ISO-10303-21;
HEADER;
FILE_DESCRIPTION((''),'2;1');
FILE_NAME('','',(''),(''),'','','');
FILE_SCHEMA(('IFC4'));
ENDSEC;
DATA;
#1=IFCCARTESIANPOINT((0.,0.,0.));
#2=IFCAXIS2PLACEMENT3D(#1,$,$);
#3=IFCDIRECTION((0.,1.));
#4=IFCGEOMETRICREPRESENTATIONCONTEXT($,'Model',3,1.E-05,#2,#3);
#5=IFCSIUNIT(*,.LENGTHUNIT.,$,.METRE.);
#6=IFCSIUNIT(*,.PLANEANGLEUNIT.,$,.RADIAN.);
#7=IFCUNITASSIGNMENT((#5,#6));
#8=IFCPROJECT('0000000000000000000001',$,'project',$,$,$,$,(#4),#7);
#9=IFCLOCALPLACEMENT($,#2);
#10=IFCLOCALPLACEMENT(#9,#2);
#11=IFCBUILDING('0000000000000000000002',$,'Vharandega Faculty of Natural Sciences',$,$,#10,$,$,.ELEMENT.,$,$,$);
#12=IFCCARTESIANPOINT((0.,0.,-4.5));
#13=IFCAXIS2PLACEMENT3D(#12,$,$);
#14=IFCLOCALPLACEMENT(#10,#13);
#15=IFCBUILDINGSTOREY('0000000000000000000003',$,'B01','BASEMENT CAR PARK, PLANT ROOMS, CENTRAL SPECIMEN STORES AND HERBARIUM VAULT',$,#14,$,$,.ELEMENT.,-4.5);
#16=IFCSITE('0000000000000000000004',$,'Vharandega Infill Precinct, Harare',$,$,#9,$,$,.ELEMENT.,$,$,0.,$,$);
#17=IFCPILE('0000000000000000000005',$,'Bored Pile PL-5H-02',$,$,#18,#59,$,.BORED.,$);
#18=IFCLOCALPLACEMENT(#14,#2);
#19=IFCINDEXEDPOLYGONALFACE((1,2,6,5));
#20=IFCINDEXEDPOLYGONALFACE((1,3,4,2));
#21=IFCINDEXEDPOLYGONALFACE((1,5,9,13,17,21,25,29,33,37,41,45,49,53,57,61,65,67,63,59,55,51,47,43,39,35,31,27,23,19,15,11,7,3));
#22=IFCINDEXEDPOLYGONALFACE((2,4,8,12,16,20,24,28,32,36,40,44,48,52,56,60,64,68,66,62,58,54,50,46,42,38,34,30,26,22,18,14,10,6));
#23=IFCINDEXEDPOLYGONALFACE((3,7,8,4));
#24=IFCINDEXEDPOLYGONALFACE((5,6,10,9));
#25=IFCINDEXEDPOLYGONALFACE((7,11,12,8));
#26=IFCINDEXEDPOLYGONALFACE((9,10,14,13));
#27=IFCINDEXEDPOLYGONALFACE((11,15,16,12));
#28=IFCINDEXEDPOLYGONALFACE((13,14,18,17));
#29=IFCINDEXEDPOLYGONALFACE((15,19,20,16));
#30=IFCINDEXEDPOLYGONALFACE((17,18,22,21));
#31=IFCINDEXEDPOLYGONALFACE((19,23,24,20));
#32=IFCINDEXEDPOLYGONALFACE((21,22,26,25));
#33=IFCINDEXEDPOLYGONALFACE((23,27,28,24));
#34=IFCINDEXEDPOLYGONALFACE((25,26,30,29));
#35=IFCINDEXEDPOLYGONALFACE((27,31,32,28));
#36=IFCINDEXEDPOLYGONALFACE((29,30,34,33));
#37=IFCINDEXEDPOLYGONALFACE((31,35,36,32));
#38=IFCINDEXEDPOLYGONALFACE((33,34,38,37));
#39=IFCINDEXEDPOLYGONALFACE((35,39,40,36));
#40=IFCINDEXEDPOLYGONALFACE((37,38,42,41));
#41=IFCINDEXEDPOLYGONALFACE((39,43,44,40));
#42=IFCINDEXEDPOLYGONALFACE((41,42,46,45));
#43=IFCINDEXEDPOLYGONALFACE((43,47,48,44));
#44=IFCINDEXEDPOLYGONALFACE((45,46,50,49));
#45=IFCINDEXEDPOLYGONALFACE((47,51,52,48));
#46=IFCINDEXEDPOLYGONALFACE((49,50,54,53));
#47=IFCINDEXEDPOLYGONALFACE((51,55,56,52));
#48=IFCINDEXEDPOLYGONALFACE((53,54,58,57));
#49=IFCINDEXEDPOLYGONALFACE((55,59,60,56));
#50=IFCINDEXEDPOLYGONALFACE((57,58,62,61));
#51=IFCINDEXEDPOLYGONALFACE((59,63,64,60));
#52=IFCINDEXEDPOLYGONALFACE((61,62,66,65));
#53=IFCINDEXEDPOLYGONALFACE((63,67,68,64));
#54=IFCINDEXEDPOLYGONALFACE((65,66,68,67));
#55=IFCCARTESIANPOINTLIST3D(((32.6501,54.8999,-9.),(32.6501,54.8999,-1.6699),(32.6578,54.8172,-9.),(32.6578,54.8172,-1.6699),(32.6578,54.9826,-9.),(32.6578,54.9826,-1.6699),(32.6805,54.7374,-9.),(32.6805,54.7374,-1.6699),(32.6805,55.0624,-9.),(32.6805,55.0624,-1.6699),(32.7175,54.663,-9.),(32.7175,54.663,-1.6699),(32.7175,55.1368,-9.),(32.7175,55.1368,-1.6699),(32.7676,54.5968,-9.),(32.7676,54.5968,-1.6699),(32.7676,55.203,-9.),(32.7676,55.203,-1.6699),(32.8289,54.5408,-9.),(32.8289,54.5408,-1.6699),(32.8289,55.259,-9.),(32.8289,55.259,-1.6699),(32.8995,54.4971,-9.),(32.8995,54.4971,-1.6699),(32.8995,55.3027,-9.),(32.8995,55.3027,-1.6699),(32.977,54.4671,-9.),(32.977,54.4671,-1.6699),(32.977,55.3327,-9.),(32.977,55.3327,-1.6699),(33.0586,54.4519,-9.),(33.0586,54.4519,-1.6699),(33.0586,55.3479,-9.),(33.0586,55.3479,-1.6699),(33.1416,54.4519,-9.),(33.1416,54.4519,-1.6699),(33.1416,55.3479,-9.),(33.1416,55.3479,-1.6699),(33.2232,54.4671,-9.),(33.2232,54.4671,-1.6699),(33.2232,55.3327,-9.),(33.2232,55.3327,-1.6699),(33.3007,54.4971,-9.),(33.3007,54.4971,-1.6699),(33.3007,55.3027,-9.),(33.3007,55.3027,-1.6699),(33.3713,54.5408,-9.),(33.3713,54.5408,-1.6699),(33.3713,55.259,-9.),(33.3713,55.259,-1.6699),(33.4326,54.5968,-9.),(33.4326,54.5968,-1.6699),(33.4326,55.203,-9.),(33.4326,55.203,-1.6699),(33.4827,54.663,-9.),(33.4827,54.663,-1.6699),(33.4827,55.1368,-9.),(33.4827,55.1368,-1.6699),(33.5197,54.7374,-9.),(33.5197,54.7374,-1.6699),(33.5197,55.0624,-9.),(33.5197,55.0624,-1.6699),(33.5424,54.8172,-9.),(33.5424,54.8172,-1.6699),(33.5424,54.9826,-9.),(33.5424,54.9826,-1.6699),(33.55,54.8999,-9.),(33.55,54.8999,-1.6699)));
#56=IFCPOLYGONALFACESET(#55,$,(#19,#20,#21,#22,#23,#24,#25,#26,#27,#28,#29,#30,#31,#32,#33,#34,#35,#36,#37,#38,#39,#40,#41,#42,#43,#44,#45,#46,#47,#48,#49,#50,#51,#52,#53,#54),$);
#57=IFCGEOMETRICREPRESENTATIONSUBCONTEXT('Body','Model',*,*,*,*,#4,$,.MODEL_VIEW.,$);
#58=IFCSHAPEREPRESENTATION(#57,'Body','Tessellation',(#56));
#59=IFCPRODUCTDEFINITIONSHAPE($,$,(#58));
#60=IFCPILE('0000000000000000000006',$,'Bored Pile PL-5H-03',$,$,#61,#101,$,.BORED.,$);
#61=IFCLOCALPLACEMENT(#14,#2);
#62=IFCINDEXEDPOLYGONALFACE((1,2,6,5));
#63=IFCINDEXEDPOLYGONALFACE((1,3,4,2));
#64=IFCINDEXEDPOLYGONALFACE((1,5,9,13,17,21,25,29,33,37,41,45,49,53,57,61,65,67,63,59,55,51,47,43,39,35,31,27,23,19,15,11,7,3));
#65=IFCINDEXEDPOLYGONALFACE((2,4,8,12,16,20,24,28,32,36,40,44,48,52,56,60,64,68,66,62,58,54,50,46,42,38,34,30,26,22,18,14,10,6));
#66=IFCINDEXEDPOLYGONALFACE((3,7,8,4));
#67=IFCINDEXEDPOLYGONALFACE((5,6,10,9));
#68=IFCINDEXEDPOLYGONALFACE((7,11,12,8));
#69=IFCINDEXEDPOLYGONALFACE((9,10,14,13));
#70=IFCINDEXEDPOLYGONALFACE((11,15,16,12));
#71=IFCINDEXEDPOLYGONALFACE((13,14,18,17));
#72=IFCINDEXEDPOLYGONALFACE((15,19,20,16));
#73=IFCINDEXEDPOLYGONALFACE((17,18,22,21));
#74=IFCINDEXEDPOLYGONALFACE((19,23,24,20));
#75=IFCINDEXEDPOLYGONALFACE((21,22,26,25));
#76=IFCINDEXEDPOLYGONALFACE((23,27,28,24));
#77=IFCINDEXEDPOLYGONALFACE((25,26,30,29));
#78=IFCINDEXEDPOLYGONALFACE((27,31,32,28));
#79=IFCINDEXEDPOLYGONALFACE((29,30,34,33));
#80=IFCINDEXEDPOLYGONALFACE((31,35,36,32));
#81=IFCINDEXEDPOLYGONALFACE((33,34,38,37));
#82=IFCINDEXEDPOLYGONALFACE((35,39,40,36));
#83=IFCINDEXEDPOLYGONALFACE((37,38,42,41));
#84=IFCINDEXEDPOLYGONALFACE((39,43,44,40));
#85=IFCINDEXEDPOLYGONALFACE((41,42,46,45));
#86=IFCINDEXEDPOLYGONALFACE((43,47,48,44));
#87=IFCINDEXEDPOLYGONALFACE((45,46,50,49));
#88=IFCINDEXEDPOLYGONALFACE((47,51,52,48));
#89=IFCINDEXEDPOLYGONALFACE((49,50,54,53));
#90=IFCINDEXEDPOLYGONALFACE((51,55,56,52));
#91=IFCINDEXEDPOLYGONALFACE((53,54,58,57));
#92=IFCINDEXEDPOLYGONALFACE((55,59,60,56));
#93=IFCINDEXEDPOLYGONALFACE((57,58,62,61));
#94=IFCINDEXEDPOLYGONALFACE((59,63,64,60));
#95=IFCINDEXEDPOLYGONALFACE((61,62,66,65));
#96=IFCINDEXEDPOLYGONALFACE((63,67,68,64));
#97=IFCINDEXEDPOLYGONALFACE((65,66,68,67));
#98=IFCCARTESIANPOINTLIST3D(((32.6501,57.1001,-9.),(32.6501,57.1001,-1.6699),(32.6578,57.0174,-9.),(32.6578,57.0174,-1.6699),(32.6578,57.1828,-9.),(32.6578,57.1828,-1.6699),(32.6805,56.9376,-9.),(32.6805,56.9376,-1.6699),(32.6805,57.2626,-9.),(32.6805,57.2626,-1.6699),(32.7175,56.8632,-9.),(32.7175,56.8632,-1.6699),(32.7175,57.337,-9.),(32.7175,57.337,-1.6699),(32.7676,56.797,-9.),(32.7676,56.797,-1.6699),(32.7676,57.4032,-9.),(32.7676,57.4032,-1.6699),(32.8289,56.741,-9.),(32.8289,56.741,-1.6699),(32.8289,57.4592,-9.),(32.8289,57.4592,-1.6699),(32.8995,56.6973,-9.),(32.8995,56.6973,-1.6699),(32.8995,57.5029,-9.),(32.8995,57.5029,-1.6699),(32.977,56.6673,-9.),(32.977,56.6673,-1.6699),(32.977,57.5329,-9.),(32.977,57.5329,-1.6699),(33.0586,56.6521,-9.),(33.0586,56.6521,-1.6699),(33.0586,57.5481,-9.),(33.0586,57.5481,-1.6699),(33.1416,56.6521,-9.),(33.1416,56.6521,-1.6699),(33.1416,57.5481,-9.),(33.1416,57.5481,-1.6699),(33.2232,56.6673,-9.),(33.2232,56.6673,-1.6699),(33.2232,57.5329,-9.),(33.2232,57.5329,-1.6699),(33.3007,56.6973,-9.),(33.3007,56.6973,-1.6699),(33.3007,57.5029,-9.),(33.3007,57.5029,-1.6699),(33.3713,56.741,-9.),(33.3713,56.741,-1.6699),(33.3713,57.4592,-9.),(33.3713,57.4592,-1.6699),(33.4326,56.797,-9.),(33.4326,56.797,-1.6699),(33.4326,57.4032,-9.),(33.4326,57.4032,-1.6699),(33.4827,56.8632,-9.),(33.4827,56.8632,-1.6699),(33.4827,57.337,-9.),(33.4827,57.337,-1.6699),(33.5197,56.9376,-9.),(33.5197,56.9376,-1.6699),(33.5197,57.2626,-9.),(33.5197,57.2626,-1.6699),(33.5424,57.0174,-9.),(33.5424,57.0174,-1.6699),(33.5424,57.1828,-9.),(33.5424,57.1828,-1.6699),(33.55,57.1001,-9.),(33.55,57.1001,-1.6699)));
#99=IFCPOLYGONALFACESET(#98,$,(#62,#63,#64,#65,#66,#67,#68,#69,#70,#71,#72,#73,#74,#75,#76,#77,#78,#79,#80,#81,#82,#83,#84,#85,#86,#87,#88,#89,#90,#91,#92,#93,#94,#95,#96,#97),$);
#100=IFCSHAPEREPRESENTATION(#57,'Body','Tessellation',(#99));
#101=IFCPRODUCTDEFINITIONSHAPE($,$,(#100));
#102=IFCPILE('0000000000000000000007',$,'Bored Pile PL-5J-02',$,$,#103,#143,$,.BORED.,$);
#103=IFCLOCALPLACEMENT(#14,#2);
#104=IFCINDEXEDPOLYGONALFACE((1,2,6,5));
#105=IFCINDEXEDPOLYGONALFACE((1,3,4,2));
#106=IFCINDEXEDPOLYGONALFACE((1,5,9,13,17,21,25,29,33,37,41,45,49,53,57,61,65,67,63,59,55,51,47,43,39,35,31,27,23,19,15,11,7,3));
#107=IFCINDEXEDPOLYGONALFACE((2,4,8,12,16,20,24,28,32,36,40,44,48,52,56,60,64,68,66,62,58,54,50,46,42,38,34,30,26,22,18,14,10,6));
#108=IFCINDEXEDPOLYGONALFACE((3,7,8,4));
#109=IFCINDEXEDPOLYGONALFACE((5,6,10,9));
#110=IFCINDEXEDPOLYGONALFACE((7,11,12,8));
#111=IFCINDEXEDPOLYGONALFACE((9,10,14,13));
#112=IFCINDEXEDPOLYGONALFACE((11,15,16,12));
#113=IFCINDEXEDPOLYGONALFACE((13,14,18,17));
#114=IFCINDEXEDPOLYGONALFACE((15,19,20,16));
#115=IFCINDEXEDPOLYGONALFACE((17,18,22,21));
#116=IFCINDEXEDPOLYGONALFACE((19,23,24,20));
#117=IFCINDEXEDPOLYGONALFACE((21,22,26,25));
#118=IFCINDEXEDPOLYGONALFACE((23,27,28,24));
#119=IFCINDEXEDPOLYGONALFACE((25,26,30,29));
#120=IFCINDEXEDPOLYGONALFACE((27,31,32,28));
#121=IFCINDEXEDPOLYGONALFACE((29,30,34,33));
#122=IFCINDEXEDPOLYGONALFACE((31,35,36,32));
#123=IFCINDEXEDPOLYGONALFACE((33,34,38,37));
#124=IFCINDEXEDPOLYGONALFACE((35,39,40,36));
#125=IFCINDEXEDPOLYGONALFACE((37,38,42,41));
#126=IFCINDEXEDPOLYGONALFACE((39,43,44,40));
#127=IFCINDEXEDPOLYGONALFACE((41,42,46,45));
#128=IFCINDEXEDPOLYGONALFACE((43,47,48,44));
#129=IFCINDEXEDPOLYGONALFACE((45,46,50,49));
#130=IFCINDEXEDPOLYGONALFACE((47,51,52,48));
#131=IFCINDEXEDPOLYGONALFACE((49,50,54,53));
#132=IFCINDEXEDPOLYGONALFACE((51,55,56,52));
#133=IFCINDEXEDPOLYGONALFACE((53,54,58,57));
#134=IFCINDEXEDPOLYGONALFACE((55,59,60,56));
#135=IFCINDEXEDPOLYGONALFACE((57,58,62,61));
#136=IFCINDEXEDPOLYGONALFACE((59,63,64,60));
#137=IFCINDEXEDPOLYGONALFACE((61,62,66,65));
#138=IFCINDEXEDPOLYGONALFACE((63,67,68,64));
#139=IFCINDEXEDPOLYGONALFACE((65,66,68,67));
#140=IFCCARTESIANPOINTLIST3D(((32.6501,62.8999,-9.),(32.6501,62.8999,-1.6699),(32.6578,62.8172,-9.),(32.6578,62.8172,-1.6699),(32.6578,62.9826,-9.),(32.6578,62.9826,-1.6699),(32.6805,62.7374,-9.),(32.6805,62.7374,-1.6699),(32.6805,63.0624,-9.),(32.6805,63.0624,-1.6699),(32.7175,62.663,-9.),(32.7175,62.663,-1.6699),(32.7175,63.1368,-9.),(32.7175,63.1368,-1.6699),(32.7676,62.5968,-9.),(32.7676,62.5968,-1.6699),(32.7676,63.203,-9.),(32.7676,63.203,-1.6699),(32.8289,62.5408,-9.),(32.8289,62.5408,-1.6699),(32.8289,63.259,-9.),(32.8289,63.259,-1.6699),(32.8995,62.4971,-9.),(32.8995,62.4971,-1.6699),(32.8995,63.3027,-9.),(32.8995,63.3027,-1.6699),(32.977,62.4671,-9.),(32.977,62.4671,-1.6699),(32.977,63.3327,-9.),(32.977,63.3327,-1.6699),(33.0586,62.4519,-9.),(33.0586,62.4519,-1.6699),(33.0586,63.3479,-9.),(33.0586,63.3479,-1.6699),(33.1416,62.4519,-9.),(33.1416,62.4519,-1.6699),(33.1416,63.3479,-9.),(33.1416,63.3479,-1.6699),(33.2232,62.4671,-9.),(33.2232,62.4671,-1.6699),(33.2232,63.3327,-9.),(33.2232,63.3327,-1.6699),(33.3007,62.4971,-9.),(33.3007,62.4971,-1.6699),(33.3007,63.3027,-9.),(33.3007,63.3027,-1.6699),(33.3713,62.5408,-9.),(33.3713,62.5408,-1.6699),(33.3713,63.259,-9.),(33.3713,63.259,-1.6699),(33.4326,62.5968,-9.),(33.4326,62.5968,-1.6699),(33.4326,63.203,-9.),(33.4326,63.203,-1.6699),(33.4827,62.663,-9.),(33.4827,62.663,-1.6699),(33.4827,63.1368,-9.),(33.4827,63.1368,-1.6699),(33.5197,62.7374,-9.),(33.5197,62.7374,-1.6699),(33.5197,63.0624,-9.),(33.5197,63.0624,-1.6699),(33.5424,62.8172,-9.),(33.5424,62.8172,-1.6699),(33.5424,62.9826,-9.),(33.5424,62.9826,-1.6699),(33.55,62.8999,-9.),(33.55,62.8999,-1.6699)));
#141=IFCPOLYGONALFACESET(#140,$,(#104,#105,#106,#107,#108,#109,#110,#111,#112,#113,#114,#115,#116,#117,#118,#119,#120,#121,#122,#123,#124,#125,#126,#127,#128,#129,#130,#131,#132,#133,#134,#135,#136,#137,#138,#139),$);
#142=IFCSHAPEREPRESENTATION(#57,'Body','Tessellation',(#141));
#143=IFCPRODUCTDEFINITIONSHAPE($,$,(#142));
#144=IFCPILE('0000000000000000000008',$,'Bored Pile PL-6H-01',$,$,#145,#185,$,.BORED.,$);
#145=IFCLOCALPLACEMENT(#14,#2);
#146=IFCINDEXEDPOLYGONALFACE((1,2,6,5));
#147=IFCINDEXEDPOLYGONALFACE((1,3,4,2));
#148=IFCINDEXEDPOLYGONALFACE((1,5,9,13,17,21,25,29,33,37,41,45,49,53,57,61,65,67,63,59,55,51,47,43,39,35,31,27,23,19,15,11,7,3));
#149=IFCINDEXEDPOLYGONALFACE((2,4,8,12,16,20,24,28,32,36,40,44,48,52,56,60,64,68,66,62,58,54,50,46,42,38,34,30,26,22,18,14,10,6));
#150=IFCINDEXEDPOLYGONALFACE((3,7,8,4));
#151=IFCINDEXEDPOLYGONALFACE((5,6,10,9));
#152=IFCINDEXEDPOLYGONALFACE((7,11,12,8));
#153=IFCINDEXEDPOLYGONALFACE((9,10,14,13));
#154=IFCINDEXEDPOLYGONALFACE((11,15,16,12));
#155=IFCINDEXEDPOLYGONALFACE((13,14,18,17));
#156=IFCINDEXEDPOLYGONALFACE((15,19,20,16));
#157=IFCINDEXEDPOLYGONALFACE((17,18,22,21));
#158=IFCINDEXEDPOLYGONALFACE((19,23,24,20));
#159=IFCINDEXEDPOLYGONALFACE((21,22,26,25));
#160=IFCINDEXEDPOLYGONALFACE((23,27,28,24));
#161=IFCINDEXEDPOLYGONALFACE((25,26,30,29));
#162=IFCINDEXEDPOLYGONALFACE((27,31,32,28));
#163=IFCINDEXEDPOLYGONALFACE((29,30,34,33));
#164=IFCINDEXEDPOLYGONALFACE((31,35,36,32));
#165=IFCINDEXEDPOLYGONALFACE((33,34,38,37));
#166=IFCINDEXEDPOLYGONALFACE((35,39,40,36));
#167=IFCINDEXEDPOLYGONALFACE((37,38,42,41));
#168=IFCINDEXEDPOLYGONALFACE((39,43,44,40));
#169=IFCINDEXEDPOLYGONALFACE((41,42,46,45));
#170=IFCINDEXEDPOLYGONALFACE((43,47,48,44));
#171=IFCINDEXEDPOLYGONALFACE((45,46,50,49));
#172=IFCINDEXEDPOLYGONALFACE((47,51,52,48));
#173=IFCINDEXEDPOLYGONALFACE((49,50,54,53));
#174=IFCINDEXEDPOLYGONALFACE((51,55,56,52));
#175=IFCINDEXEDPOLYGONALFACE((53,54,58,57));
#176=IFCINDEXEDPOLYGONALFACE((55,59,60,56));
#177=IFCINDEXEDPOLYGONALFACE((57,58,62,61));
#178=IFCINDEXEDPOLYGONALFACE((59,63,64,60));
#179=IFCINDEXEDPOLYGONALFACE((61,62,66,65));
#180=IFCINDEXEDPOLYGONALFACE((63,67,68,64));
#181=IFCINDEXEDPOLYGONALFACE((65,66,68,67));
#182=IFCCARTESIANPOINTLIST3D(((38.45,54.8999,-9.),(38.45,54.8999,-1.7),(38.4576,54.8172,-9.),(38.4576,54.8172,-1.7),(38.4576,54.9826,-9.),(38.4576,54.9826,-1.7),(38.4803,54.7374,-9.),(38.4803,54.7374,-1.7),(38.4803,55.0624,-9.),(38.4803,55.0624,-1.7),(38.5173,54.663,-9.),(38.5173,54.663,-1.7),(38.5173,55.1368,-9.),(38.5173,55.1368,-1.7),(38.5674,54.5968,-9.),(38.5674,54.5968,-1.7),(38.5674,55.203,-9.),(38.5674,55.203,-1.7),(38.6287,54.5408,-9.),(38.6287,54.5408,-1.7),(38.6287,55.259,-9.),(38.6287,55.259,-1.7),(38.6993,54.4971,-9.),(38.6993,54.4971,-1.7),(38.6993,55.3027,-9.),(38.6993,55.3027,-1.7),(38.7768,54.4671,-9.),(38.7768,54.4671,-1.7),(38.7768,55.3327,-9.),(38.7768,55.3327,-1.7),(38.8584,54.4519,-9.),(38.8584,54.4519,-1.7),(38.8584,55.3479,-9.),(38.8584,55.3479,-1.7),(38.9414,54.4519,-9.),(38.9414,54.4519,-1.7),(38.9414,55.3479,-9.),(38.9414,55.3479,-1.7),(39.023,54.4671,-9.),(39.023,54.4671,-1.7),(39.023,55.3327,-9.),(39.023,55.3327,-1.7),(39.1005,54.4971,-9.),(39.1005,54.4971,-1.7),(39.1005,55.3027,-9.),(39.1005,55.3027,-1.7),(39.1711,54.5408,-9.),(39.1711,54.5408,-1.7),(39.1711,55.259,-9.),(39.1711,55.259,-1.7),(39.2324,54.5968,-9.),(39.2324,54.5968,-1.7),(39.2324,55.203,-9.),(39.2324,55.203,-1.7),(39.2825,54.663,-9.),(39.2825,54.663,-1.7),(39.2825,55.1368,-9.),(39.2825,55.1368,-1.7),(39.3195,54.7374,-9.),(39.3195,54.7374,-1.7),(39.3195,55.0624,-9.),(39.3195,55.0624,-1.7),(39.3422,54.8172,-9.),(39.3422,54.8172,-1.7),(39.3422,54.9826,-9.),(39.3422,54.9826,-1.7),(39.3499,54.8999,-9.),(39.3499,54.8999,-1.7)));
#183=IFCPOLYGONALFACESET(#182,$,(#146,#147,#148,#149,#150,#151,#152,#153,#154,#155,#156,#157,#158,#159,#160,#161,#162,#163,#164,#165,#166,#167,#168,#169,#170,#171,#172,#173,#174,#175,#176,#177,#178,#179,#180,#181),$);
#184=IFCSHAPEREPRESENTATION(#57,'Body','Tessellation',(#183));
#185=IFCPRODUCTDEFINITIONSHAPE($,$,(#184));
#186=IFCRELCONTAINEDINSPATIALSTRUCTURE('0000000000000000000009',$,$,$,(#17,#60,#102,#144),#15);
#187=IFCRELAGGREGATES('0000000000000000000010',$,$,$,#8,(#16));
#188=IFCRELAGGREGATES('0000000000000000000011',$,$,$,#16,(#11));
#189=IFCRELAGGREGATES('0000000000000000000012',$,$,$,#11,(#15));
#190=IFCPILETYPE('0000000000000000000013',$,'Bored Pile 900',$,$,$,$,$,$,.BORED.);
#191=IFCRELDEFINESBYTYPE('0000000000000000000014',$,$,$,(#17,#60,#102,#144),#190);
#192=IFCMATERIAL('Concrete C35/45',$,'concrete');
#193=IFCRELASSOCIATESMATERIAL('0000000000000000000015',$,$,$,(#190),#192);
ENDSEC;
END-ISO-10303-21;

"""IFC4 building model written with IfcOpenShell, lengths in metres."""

from ifc_helpers import new_model, si_unit, direction, frame, origin, origin_2d, place, context, subcontext, project, spatial, circle, extrude, material, material_profile, profile_set, type_object, element, save


model = new_model("IFC4")

# Units and contexts
model_context = context("Model", 3, precision=1e-05, world=origin(), true_north=direction((0.0, 1.0)))
body_context = subcontext(model_context, "Body", "Model", "MODEL_VIEW")
ifc_project = project(units=[si_unit("LENGTHUNIT", "METRE"), si_unit("PLANEANGLEUNIT", "RADIAN")], contexts=[model_context])

# Site, building, storey
site_placement = place(None, origin())
site = spatial("IfcSite", under=ifc_project, at=site_placement, Name="Vharandega Infill Precinct, Harare", CompositionType="ELEMENT", RefElevation=0.0)
building_placement = place(site_placement, origin())
building = spatial("IfcBuilding", under=site, at=building_placement, Name="Vharandega Faculty of Natural Sciences", CompositionType="ELEMENT")
storey_placement = place(building_placement, frame((0.0, 0.0, -4.5)))
storey = spatial("IfcBuildingStorey", under=building, at=storey_placement, Name="B01", Description="BASEMENT CAR PARK, PLANT ROOMS, CENTRAL SPECIMEN STORES AND HERBARIUM VAULT", CompositionType="ELEMENT", Elevation=-4.5)

# Piles
ifc_material_1 = material(Name="Concrete C35/45", Category="concrete")
ifc_material_profile_1 = material_profile(ifc_material_1, circle(Radius=0.45, at=origin_2d()), Name="PILE 900")
ifc_profile_set_1 = profile_set([ifc_material_profile_1], Name="Concrete C35/45")
pile_type = type_object("IfcPileType", Name="Bored Pile 900", PredefinedType="BORED", material=ifc_profile_set_1)
for number, where, z_axis, x_axis, name in (
    (1, (33.1001, 54.8999, -1.6699), (0.0, 0.0, -1.0), (1.0, 0.0, 0.0), "Bored Pile PL-5H-02"),
    (2, (33.1001, 57.1001, -1.6699), (0.0, 0.0, -1.0), (1.0, 0.0, 0.0), "Bored Pile PL-5H-03"),
    (3, (33.1001, 62.8999, -1.6699), (0.0, 0.0, -1.0), (1.0, 0.0, 0.0), "Bored Pile PL-5J-02"),
):
    element("IfcPile", number, at=place(storey_placement, frame(where, z_axis=z_axis, x_axis=x_axis)), inside=storey, type_object=pile_type, Name=name, PredefinedType="BORED", context=body_context, shape_type="SweptSolid", body=[
        extrude(circle(Radius=0.45, at=origin_2d()), origin(), (0.0, 0.0, 1.0), 7.3301),
    ])
for number, where, z_axis, x_axis, name in (
    (4, (38.8999, 54.8999, -1.7), (0.0, 0.0, -1.0), (1.0, 0.0, 0.0), "Bored Pile PL-6H-01"),
):
    element("IfcPile", number, at=place(storey_placement, frame(where, z_axis=z_axis, x_axis=x_axis)), inside=storey, type_object=pile_type, Name=name, PredefinedType="BORED", context=body_context, shape_type="SweptSolid", body=[
        extrude(circle(Radius=0.45, at=origin_2d()), origin(), (0.0, 0.0, 1.0), 7.3),
    ])

save(model, "model.ifc")
